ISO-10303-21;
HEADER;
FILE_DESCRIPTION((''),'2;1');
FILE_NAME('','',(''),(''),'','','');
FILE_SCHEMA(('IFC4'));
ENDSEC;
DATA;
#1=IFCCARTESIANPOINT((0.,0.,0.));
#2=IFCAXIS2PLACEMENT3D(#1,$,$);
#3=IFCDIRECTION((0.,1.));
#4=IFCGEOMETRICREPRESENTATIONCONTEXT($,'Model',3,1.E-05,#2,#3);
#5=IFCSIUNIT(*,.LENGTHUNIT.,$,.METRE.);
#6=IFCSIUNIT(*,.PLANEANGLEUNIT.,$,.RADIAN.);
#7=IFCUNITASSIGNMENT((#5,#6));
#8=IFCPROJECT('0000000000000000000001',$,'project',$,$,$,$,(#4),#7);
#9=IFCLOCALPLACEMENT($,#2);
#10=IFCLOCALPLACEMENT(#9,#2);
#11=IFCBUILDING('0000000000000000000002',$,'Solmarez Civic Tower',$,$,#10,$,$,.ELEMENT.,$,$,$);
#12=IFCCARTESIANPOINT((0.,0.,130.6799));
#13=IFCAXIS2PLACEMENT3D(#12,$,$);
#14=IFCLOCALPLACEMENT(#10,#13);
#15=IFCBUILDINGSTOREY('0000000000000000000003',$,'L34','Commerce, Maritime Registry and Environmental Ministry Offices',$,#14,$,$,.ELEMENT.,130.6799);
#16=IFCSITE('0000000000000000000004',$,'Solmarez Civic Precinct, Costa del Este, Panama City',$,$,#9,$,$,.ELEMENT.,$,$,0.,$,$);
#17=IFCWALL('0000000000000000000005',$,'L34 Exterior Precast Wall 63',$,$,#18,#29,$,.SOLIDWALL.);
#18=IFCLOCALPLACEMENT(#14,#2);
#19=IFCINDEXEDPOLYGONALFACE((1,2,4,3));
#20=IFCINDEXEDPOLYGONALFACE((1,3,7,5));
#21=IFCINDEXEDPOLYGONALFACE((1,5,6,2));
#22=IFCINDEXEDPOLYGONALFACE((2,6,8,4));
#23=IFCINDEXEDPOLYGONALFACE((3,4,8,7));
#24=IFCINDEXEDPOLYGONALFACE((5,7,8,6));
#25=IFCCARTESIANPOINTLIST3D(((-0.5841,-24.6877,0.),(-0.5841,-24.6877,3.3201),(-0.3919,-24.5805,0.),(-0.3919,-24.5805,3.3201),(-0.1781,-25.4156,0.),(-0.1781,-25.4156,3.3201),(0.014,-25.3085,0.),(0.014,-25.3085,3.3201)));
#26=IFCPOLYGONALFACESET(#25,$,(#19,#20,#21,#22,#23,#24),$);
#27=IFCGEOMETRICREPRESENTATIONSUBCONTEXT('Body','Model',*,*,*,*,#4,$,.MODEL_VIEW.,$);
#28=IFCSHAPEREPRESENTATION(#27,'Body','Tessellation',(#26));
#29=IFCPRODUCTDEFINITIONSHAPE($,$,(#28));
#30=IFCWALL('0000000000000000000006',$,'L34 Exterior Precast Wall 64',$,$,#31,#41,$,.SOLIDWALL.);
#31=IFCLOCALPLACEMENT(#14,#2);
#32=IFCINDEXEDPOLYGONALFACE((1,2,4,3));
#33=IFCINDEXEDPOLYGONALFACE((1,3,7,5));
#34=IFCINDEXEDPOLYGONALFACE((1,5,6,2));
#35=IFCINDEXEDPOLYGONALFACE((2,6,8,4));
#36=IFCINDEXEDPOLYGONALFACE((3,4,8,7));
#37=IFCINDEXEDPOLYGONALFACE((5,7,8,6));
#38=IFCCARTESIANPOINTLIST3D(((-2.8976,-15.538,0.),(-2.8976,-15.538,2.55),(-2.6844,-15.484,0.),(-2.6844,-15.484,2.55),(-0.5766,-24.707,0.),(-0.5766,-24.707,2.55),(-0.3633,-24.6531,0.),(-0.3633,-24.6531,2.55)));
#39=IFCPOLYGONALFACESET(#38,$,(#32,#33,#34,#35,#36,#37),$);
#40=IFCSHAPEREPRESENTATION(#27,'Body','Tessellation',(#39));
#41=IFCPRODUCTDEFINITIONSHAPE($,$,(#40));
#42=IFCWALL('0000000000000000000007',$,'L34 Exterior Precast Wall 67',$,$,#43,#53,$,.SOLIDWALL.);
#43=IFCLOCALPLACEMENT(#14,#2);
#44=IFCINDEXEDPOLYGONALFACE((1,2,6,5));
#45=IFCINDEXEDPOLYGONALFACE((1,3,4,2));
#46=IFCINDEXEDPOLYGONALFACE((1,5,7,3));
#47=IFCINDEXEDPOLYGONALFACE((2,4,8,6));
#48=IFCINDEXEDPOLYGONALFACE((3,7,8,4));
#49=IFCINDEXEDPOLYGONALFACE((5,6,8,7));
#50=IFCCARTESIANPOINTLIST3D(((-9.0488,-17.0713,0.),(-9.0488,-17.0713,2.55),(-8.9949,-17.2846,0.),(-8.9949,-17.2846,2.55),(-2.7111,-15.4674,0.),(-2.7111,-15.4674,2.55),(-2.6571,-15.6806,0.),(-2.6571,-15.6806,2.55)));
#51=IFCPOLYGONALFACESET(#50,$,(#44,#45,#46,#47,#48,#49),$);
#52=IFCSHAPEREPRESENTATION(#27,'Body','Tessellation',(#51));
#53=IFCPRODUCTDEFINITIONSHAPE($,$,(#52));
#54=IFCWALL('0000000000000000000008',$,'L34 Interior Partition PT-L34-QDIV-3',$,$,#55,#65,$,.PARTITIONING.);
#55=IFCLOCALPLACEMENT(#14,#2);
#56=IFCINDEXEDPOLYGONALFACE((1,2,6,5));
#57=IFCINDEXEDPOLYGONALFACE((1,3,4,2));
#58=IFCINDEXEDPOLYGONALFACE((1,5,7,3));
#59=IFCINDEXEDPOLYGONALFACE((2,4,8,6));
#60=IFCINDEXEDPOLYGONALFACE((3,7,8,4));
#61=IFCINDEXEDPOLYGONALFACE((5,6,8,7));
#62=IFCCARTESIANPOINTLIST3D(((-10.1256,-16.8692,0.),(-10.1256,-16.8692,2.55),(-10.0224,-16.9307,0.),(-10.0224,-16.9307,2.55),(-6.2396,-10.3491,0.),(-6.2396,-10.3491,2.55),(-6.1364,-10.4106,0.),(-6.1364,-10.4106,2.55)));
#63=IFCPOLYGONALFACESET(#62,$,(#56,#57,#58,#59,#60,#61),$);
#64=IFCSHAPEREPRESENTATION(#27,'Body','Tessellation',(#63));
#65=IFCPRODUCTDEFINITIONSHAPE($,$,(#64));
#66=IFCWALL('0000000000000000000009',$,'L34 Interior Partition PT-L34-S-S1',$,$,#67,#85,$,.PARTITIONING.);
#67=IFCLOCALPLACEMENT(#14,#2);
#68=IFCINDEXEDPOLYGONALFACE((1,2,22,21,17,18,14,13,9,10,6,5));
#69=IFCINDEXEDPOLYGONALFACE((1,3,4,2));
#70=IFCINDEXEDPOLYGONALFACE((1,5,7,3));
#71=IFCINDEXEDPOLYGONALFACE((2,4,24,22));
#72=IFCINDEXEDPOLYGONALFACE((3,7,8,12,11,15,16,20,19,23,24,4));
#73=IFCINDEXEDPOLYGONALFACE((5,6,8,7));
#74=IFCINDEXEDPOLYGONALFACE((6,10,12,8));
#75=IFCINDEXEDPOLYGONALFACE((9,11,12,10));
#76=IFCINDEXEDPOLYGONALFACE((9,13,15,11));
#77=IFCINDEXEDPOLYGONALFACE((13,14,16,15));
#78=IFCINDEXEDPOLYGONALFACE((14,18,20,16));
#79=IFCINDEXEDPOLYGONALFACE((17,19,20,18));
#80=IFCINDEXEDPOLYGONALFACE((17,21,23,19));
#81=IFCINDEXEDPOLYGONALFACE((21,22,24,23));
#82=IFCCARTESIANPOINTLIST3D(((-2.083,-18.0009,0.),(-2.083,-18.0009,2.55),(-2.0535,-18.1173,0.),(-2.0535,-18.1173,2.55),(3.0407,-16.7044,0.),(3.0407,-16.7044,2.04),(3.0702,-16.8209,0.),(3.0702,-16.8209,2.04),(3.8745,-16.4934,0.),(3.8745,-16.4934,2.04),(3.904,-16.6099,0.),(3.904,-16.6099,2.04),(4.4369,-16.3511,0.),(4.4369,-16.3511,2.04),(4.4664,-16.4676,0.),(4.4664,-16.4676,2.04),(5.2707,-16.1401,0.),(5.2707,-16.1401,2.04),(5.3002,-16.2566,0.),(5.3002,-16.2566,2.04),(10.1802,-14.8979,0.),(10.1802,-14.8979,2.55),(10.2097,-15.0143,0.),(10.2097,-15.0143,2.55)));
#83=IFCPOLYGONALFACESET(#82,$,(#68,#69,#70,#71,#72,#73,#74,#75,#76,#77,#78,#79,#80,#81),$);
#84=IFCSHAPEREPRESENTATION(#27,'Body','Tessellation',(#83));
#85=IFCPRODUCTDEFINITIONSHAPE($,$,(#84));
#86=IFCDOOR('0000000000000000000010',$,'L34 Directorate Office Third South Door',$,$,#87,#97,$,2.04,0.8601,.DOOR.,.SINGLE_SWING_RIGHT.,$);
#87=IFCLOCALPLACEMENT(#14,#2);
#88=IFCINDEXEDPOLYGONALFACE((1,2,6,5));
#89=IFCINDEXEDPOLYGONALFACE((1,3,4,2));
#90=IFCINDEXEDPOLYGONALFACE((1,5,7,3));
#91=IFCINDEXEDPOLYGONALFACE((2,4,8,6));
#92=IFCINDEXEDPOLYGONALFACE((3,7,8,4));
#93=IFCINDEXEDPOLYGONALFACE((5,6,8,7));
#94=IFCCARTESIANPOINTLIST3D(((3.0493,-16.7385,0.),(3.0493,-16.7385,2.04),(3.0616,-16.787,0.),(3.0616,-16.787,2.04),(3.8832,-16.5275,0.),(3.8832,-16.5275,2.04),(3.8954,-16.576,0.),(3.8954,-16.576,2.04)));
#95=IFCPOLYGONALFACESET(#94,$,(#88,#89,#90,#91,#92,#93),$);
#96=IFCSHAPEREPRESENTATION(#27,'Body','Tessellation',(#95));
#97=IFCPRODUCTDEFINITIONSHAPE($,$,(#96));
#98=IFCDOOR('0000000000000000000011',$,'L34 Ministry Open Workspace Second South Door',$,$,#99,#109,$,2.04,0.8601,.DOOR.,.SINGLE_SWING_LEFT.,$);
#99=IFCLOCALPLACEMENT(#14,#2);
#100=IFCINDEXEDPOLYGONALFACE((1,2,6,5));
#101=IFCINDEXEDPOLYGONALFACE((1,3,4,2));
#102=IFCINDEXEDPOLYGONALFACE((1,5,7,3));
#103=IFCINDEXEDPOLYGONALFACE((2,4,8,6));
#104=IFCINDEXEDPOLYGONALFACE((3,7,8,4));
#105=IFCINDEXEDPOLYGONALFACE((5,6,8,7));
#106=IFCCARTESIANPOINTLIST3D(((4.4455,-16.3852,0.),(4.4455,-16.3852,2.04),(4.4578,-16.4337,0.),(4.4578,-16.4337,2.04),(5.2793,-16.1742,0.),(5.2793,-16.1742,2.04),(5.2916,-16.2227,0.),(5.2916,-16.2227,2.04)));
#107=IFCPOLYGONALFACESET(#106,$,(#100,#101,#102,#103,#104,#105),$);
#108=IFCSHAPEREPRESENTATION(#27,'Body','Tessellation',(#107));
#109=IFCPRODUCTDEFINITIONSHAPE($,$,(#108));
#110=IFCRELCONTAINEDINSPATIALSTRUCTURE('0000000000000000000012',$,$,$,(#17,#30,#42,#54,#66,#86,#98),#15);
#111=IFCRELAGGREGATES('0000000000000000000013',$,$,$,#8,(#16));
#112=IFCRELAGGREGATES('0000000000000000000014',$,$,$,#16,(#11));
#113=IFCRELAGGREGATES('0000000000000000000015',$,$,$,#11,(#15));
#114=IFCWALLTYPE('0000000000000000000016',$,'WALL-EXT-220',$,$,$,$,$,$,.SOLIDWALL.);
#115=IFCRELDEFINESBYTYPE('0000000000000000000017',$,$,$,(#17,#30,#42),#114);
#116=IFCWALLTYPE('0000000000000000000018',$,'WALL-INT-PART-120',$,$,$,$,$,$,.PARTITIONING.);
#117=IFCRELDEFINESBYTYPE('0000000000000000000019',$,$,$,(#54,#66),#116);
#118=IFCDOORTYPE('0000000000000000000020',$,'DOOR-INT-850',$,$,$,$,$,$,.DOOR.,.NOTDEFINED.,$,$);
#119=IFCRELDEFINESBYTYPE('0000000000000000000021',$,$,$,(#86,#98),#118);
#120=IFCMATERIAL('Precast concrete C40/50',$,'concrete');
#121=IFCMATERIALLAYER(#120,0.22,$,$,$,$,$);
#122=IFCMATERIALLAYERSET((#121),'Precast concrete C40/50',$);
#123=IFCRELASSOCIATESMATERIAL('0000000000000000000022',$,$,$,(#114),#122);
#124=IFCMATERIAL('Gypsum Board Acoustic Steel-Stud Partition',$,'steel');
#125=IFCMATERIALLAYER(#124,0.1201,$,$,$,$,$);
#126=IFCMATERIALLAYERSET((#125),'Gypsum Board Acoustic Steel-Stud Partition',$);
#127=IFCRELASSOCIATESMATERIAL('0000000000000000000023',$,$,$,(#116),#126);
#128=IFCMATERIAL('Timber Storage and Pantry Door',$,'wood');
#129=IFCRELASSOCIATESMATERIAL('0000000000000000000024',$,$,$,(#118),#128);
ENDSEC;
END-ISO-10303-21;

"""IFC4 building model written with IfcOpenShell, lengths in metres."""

from ifc_helpers import new_model, si_unit, direction, frame, frame_2d, origin, place, context, subcontext, project, spatial, rectangle, extrude, material, layer, layer_set, type_object, element, fill, save


model = new_model("IFC4")

# Units and contexts
model_context = context("Model", 3, precision=1e-05, world=origin(), true_north=direction((0.0, 1.0)))
body_context = subcontext(model_context, "Body", "Model", "MODEL_VIEW")
ifc_project = project(units=[si_unit("LENGTHUNIT", "METRE"), si_unit("PLANEANGLEUNIT", "RADIAN")], contexts=[model_context])

# Site, building, storey
site_placement = place(None, origin())
site = spatial("IfcSite", under=ifc_project, at=site_placement, Name="Solmarez Civic Precinct, Costa del Este, Panama City", CompositionType="ELEMENT", RefElevation=0.0)
building_placement = place(site_placement, origin())
building = spatial("IfcBuilding", under=site, at=building_placement, Name="Solmarez Civic Tower", CompositionType="ELEMENT")
storey_placement = place(building_placement, frame((0.0, 0.0, 130.6799)))
storey = spatial("IfcBuildingStorey", under=building, at=storey_placement, Name="L34", Description="Commerce, Maritime Registry and Environmental Ministry Offices", CompositionType="ELEMENT", Elevation=130.6799)

# Walls
ifc_material_1 = material(Name="Precast concrete C40/50", Category="concrete")
ifc_layer_1 = layer(ifc_material_1, 0.22)
ifc_layer_set_1 = layer_set([ifc_layer_1], Name="Precast concrete C40/50")
wall_type_1 = type_object("IfcWallType", Name="WALL-EXT-220", PredefinedType="SOLIDWALL", material=ifc_layer_set_1)
wall_1_placement = place(storey_placement, frame((-0.082, -25.3621, 0.0), z_axis=(0.0, 0.0, 1.0), x_axis=(-0.48706, 0.873369, 0.0)))
element("IfcWall", 1, at=wall_1_placement, inside=storey, type_object=wall_type_1, Name="L34 Exterior Precast Wall 63", PredefinedType="SOLIDWALL", context=body_context, shape_type="SweptSolid", body=[
    extrude(rectangle(XDim=0.8335, YDim=0.22, at=frame_2d((0.4167, 0.0))), origin(), (0.0, 0.0, 1.0), 3.3201),
])
wall_2_placement = place(storey_placement, frame((-0.47, -24.6799, 0.0), z_axis=(0.0, 0.0, 1.0), x_axis=(-0.245401, 0.969422, 0.0)))
element("IfcWall", 2, at=wall_2_placement, inside=storey, type_object=wall_type_1, Name="L34 Exterior Precast Wall 64", PredefinedType="SOLIDWALL", context=body_context, shape_type="SweptSolid", body=[
    extrude(rectangle(XDim=9.4583, YDim=0.22, at=frame_2d((4.729, 0.0))), origin(), (0.0, 0.0, 1.0), 2.55),
])
wall_3_placement = place(storey_placement, frame((-2.6841, -15.574, 0.0), z_axis=(0.0, 0.0, 1.0), x_axis=(-0.969435, -0.245346, 0.0)))
element("IfcWall", 3, at=wall_3_placement, inside=storey, type_object=wall_type_1, Name="L34 Exterior Precast Wall 67", PredefinedType="SOLIDWALL", context=body_context, shape_type="SweptSolid", body=[
    extrude(rectangle(XDim=6.5376, YDim=0.22, at=frame_2d((3.2688, 0.0))), origin(), (0.0, 0.0, 1.0), 2.55),
])
ifc_material_2 = material(Name="Gypsum Board Acoustic Steel-Stud Partition", Category="steel")
ifc_layer_2 = layer(ifc_material_2, 0.1201)
ifc_layer_set_2 = layer_set([ifc_layer_2], Name="Gypsum Board Acoustic Steel-Stud Partition")
wall_type_2 = type_object("IfcWallType", Name="WALL-INT-PART-120", PredefinedType="PARTITIONING", material=ifc_layer_set_2)
wall_4_placement = place(storey_placement, frame((-6.188, -10.3799, 0.0), z_axis=(0.0, 0.0, 1.0), x_axis=(-0.511972, -0.859002, 0.0)))
element("IfcWall", 4, at=wall_4_placement, inside=storey, type_object=wall_type_2, Name="L34 Interior Partition PT-L34-QDIV-3", PredefinedType="PARTITIONING", context=body_context, shape_type="SweptSolid", body=[
    extrude(rectangle(XDim=7.5903, YDim=0.1201, at=frame_2d((3.7952, 0.0))), origin(), (0.0, 0.0, 1.0), 2.55),
])

# Wall, openings, doors
wall_5_placement = place(storey_placement, frame((-2.0681, -18.0591, 0.0), z_axis=(0.0, 0.0, 1.0), x_axis=(0.969446, 0.245305, 0.0)))
wall_5 = element("IfcWall", 5, at=wall_5_placement, inside=storey, type_object=wall_type_2, Name="L34 Interior Partition PT-L34-S-S1", PredefinedType="PARTITIONING", context=body_context, shape_type="SweptSolid", body=[
    extrude(rectangle(XDim=12.6497, YDim=0.1201, at=frame_2d((6.3247, 0.0))), origin(), (0.0, 0.0, 1.0), 2.55),
])
opening_1_placement = place(wall_5_placement, frame((5.2849, 0.0, 0.0)))
opening_1 = element("IfcOpeningElement", 6, at=opening_1_placement, cuts=wall_5, PredefinedType="OPENING", context=body_context, shape_type="SweptSolid", body=[
    extrude(rectangle(XDim=0.8601, YDim=2.04, at=frame_2d((0.4302, 1.02))), frame((0.0, 0.0701, 0.0), z_axis=(0.0, -1.0, 0.0), x_axis=(1.0, 0.0, 0.0)), (0.0, 0.0, 1.0), 0.1401),
])
opening_2_placement = place(wall_5_placement, frame((6.7251, 0.0, 0.0)))
opening_2 = element("IfcOpeningElement", 7, at=opening_2_placement, cuts=wall_5, PredefinedType="OPENING", context=body_context, shape_type="SweptSolid", body=[
    extrude(rectangle(XDim=0.8601, YDim=2.04, at=frame_2d((0.4302, 1.02))), frame((0.0, 0.0701, 0.0), z_axis=(0.0, -1.0, 0.0), x_axis=(1.0, 0.0, 0.0)), (0.0, 0.0, 1.0), 0.1401),
])
ifc_material_3 = material(Name="Timber Storage and Pantry Door", Category="wood")
door_type = type_object("IfcDoorType", Name="DOOR-INT-850", OperationType="NOTDEFINED", PredefinedType="DOOR", material=ifc_material_3)
door_1_placement = place(opening_1_placement, origin())
door_1 = element("IfcDoor", 8, at=door_1_placement, inside=storey, type_object=door_type, Name="L34 Directorate Office Third South Door", OperationType="SINGLE_SWING_RIGHT", OverallHeight=2.04, OverallWidth=0.8601, PredefinedType="DOOR", context=body_context, shape_type="SweptSolid", body=[
    extrude(rectangle(XDim=0.8601, YDim=2.04, at=frame_2d((0.4302, 1.02))), frame((0.0, 0.0249, 0.0), z_axis=(0.0, -1.0, 0.0), x_axis=(1.0, 0.0, 0.0)), (0.0, 0.0, 1.0), 0.05),
])
fill(opening_1, door_1)
door_2_placement = place(opening_2_placement, origin())
door_2 = element("IfcDoor", 9, at=door_2_placement, inside=storey, type_object=door_type, Name="L34 Ministry Open Workspace Second South Door", OperationType="SINGLE_SWING_LEFT", OverallHeight=2.04, OverallWidth=0.8601, PredefinedType="DOOR", context=body_context, shape_type="SweptSolid", body=[
    extrude(rectangle(XDim=0.8601, YDim=2.04, at=frame_2d((0.4302, 1.02))), frame((0.0, 0.0249, 0.0), z_axis=(0.0, -1.0, 0.0), x_axis=(1.0, 0.0, 0.0)), (0.0, 0.0, 1.0), 0.05),
])
fill(opening_2, door_2)

save(model, "model.ifc")
